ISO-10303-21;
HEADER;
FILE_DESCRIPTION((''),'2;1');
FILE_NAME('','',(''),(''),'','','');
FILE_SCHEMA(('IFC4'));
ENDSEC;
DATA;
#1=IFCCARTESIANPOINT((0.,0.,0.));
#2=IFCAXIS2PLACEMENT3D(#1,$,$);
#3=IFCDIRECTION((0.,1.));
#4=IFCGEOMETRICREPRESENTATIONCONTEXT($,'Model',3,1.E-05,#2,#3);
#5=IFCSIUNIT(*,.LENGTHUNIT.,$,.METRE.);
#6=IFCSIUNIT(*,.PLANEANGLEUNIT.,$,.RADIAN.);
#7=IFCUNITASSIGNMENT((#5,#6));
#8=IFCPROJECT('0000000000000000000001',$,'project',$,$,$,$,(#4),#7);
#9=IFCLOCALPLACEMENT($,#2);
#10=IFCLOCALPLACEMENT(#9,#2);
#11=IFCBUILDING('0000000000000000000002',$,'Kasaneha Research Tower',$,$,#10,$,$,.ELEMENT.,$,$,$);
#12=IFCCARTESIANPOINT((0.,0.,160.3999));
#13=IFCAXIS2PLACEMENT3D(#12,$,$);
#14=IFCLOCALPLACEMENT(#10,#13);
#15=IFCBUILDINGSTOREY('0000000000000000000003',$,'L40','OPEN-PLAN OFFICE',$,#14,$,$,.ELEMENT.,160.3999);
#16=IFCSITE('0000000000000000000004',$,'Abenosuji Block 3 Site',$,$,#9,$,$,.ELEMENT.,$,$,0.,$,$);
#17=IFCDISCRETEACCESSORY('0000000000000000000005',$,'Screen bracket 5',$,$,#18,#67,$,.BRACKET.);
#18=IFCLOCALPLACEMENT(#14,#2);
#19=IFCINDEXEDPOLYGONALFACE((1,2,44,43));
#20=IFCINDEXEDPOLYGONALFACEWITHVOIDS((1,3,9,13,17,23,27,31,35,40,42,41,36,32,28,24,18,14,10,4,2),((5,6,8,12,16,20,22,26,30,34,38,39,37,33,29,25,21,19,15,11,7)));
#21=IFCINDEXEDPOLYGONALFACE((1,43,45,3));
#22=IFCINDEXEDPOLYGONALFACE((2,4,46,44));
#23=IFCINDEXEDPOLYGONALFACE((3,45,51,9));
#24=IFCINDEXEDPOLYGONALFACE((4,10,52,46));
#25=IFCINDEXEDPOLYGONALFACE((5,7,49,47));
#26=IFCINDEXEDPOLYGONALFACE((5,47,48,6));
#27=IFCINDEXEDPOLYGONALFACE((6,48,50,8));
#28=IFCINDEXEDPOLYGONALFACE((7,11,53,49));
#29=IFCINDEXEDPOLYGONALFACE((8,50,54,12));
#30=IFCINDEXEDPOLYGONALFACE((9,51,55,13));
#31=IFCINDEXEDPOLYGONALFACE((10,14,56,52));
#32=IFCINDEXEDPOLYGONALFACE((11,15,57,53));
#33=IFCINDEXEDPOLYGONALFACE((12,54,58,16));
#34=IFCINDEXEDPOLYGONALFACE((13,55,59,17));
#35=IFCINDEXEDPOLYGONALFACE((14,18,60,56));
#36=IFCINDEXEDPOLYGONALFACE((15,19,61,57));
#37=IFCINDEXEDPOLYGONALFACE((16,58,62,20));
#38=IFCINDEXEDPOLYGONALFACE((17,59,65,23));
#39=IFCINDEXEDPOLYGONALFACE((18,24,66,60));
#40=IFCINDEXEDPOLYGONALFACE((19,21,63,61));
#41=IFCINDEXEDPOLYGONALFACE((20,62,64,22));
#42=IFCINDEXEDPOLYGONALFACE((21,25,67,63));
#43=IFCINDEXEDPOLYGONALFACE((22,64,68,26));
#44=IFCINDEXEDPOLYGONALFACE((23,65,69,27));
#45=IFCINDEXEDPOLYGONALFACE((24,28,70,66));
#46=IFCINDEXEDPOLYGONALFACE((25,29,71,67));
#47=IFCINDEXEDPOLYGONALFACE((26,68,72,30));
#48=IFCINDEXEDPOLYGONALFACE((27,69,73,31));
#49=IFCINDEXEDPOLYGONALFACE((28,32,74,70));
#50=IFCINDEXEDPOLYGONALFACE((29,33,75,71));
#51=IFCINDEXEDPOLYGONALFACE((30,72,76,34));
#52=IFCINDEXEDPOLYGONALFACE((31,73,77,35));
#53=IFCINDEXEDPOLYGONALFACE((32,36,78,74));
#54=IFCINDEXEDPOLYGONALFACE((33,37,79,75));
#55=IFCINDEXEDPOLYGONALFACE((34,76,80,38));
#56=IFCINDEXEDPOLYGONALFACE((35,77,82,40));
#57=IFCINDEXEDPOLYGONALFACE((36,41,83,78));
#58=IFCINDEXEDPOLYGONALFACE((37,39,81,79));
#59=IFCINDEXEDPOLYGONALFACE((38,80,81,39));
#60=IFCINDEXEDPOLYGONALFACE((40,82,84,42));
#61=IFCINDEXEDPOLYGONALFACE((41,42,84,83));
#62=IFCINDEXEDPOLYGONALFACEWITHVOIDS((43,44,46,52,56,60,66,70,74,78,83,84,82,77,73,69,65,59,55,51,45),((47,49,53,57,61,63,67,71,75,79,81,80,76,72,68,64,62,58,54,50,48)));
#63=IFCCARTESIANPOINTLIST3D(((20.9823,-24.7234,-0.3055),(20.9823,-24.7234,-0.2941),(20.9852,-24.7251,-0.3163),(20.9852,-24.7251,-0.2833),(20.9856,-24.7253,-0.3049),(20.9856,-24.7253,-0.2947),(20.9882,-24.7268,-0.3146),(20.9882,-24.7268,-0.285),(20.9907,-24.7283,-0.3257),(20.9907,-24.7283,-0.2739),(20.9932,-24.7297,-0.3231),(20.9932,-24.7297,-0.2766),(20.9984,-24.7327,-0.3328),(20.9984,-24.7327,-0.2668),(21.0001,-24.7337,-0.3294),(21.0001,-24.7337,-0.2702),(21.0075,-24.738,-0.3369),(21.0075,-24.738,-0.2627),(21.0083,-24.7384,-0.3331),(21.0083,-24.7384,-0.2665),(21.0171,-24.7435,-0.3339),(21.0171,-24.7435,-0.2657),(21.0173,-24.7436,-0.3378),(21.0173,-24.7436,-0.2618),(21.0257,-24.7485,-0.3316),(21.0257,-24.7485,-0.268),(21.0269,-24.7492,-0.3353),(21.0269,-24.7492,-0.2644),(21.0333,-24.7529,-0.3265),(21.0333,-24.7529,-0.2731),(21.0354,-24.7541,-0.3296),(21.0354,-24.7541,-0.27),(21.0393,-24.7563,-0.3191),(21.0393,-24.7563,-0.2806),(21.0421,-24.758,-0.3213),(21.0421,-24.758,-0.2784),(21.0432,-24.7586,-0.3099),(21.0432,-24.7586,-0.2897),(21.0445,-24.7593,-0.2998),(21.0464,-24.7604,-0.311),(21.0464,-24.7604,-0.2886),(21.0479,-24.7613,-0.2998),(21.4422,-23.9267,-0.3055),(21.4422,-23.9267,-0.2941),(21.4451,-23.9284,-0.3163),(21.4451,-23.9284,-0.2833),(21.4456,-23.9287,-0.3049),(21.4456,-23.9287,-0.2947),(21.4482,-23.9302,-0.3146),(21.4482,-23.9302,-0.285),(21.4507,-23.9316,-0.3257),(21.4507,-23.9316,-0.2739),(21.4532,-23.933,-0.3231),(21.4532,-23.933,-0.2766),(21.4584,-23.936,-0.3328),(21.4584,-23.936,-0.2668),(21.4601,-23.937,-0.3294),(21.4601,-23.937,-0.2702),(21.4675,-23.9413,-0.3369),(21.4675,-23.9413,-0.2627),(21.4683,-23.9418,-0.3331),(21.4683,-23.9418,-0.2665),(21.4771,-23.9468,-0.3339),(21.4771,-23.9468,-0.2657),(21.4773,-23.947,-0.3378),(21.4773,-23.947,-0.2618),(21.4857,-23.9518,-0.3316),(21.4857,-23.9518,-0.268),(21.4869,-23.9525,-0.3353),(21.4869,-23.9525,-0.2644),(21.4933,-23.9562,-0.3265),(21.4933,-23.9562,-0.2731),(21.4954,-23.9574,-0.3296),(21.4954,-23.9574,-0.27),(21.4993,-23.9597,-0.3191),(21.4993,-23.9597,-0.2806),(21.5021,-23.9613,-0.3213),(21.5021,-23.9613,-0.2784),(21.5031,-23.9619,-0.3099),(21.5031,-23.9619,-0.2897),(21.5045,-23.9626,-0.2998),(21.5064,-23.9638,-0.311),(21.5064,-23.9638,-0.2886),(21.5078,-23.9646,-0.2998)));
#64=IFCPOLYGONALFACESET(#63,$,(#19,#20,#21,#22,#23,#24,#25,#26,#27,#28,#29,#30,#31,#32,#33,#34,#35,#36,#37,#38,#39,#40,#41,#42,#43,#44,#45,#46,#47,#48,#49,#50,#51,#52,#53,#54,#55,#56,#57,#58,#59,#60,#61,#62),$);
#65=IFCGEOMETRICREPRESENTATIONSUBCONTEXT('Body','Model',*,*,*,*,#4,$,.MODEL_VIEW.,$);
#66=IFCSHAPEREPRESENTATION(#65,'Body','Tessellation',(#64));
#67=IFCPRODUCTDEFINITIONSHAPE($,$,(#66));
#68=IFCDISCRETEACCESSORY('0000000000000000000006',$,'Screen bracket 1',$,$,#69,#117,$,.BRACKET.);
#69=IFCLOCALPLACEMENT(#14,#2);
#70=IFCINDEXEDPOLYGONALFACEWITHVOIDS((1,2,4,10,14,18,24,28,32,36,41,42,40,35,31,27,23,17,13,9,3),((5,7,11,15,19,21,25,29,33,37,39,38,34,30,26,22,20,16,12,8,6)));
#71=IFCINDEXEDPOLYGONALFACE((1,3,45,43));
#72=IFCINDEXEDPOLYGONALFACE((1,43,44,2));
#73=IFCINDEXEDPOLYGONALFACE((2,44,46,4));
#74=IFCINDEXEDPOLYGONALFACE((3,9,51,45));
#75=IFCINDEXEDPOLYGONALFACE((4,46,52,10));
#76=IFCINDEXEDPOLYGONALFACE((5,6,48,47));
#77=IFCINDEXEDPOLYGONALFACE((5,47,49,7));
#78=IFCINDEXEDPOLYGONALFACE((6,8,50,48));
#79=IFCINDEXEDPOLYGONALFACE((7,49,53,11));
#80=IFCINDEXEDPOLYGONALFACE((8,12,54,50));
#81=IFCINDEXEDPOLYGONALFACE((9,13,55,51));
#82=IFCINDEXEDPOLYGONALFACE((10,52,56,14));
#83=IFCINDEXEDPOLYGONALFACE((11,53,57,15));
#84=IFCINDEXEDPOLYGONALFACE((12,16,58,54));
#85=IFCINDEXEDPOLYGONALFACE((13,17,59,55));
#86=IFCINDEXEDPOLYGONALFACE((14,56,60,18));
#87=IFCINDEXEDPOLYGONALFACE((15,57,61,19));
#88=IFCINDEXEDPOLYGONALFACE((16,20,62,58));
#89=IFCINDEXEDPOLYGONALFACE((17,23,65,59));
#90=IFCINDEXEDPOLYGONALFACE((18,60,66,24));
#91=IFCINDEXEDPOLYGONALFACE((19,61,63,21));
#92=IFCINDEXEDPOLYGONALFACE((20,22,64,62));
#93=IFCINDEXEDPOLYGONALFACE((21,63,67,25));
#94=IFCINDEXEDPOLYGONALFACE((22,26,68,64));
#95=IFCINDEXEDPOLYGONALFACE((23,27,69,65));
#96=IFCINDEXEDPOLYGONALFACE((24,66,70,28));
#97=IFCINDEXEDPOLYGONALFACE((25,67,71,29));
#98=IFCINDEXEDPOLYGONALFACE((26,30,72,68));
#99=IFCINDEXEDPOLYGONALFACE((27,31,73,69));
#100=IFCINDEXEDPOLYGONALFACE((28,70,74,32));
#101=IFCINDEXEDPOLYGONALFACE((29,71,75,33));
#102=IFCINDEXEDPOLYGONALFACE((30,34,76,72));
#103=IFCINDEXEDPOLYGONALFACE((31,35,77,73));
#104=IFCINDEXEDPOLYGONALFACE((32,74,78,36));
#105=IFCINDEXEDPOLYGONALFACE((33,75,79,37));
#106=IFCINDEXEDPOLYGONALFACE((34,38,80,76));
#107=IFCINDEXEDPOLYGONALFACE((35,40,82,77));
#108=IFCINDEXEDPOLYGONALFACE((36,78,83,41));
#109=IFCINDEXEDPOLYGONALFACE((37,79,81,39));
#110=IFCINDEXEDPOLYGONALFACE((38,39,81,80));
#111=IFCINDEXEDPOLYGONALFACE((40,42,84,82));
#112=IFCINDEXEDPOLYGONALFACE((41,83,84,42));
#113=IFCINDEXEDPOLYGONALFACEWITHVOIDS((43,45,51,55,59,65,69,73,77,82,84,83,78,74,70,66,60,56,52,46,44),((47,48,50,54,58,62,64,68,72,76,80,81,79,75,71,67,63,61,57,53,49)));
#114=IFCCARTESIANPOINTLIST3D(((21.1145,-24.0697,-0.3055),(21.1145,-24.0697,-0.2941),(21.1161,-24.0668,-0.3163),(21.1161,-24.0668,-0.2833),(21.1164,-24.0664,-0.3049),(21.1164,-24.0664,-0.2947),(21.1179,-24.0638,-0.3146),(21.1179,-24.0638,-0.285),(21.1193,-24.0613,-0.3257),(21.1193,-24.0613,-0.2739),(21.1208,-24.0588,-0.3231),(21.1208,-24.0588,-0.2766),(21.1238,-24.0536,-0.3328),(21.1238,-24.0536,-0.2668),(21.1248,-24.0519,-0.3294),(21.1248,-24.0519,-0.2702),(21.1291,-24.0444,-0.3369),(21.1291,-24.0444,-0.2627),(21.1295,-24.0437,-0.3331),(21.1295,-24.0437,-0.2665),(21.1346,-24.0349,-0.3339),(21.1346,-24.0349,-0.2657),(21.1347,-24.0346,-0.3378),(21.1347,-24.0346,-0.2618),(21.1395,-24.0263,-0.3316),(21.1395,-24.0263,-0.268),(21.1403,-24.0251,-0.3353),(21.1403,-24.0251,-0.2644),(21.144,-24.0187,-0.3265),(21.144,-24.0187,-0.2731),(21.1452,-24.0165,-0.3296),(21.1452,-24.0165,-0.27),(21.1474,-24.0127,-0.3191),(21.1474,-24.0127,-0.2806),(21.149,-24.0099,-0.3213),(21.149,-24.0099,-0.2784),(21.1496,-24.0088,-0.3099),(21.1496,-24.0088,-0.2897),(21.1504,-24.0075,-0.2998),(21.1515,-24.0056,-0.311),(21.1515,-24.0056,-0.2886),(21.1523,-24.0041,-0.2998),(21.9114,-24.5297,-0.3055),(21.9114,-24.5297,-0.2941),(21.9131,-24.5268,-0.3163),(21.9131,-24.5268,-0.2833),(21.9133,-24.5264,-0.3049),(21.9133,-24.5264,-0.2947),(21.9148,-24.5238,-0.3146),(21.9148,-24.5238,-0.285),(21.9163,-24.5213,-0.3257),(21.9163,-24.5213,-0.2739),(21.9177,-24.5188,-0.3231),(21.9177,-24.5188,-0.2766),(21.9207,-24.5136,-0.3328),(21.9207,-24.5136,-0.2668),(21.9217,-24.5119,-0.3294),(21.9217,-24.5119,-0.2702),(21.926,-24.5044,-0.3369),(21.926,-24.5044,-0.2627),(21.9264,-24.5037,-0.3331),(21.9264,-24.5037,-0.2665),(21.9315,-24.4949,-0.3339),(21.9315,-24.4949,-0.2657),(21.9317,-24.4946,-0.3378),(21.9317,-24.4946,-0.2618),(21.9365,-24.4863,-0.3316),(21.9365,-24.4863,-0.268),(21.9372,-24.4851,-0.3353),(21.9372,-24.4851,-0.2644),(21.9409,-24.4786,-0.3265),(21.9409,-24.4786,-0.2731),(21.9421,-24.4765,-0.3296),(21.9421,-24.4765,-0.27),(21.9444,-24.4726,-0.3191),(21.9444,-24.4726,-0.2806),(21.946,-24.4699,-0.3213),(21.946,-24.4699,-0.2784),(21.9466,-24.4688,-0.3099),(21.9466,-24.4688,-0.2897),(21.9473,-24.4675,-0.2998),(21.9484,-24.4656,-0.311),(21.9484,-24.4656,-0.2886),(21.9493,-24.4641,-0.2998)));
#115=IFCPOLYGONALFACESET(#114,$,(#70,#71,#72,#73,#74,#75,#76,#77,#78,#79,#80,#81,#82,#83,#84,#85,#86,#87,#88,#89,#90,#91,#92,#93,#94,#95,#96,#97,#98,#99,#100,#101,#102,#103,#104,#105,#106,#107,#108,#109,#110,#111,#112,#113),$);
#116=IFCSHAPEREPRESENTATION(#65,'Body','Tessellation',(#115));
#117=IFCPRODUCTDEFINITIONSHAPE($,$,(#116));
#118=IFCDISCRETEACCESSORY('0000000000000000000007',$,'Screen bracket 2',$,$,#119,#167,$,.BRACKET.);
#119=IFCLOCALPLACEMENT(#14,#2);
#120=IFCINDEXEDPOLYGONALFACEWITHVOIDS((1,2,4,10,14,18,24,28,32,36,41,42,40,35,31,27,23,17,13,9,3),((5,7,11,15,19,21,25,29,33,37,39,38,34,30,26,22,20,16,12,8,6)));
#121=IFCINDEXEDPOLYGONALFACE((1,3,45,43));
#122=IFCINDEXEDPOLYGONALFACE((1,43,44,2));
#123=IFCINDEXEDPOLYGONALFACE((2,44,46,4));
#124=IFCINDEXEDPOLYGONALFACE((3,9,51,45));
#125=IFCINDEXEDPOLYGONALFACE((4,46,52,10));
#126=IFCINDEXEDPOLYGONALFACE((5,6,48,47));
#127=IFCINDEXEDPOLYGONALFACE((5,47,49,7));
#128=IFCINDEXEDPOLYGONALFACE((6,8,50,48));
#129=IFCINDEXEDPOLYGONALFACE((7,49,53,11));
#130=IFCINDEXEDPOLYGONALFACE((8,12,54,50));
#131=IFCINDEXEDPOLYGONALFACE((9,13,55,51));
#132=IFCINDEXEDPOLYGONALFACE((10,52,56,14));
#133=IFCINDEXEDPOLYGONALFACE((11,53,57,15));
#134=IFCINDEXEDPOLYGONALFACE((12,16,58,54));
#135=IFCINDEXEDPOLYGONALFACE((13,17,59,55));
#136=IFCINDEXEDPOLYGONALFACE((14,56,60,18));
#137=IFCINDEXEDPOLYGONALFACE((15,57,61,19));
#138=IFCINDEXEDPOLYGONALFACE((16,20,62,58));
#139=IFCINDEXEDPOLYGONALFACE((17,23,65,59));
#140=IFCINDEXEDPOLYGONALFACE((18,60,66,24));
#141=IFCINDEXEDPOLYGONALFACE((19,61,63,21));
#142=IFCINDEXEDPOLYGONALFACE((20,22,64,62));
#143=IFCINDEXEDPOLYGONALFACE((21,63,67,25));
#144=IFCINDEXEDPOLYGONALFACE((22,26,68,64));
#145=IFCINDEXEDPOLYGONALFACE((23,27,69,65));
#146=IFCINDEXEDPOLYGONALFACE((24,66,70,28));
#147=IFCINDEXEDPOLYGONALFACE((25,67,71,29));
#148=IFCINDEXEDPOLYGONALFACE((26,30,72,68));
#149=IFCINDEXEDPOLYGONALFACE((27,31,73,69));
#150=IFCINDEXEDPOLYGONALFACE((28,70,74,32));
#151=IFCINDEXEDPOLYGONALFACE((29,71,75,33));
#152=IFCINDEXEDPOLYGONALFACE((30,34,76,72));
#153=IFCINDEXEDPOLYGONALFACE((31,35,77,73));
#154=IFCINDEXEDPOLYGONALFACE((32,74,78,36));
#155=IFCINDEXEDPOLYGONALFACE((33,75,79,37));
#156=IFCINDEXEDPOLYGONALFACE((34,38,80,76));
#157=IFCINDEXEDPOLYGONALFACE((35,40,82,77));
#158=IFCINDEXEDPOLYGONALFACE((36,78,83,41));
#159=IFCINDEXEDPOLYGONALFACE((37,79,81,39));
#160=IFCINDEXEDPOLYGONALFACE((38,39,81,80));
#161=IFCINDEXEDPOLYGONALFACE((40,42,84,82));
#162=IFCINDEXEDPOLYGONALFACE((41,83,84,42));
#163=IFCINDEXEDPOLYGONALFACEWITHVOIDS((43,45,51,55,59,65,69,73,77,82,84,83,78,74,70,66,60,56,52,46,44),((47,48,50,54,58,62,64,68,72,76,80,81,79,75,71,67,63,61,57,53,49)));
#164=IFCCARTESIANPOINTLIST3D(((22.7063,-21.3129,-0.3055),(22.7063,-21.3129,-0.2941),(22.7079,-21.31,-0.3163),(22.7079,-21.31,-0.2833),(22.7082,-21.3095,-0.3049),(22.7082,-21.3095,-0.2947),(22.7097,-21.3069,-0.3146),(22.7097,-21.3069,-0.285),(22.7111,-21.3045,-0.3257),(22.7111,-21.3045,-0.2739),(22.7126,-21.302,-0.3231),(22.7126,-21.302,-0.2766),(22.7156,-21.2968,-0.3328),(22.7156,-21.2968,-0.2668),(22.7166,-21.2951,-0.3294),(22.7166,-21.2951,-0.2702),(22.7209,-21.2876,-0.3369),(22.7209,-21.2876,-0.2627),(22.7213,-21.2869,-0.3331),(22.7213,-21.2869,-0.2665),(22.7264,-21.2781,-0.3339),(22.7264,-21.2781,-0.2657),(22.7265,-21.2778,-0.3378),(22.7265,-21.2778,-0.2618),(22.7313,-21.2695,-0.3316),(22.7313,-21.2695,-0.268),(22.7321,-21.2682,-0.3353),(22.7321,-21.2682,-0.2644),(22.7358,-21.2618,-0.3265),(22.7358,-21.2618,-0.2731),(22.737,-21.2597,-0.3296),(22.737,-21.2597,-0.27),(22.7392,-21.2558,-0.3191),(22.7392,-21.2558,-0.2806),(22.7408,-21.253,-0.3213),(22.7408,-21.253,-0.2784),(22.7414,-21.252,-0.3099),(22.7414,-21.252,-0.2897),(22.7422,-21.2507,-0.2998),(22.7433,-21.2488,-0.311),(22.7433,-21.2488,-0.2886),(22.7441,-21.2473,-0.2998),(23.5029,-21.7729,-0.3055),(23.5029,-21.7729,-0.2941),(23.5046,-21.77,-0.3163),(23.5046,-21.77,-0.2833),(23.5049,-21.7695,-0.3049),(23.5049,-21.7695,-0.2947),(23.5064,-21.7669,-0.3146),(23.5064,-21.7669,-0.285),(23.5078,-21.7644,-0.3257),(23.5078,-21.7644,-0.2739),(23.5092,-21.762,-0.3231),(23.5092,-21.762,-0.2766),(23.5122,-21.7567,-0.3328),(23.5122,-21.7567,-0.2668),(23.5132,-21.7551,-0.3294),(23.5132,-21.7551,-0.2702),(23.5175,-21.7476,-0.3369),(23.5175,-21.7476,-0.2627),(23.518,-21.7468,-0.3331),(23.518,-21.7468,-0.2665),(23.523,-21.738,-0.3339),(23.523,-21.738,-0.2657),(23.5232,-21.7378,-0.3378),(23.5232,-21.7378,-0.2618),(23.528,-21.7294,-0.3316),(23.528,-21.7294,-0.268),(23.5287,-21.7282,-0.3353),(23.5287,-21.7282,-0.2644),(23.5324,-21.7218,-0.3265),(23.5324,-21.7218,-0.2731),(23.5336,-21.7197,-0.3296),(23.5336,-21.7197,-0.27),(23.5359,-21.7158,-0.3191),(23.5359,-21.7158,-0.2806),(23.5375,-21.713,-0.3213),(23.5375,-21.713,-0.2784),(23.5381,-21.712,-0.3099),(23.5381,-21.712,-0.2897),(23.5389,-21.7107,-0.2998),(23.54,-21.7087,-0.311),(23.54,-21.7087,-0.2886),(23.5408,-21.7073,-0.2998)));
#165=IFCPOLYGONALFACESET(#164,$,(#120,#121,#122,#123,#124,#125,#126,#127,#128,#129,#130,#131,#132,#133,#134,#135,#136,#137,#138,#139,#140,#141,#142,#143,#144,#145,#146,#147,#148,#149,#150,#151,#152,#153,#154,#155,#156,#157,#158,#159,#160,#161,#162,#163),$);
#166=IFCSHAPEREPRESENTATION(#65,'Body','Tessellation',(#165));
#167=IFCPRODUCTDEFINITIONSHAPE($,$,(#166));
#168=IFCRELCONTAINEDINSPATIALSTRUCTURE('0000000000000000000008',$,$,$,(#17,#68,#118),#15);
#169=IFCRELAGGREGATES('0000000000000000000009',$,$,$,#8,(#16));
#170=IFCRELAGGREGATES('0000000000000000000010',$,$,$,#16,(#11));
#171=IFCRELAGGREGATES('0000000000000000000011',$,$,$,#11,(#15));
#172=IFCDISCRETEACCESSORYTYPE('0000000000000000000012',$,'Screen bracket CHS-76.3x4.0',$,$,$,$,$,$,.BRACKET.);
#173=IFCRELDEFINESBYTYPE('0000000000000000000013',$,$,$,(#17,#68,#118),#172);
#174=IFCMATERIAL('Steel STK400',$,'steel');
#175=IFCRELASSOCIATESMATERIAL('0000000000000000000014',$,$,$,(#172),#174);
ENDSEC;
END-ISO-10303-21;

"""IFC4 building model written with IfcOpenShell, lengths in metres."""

from ifc_helpers import new_model, si_unit, direction, frame, origin, origin_2d, place, context, subcontext, project, spatial, hollow_circle, extrude, material, material_profile, profile_set, type_object, element, save


model = new_model("IFC4")

# Units and contexts
model_context = context("Model", 3, precision=1e-05, world=origin(), true_north=direction((0.0, 1.0)))
body_context = subcontext(model_context, "Body", "Model", "MODEL_VIEW")
ifc_project = project(units=[si_unit("LENGTHUNIT", "METRE"), si_unit("PLANEANGLEUNIT", "RADIAN")], contexts=[model_context])

# Site, building, storey
site_placement = place(None, origin())
site = spatial("IfcSite", under=ifc_project, at=site_placement, Name="Abenosuji Block 3 Site", CompositionType="ELEMENT", RefElevation=0.0)
building_placement = place(site_placement, origin())
building = spatial("IfcBuilding", under=site, at=building_placement, Name="Kasaneha Research Tower", CompositionType="ELEMENT")
storey_placement = place(building_placement, frame((0.0, 0.0, 160.3999)))
storey = spatial("IfcBuildingStorey", under=building, at=storey_placement, Name="L40", Description="OPEN-PLAN OFFICE", CompositionType="ELEMENT", Elevation=160.3999)

# Discrete accessories
ifc_material_1 = material(Name="Steel STK400", Category="steel")
ifc_material_profile_1 = material_profile(ifc_material_1, hollow_circle(Radius=0.0381, WallThickness=0.0039, at=origin_2d()), Name="CHS-76.3x4.0")
ifc_profile_set_1 = profile_set([ifc_material_profile_1], Name="Steel STK400")
discrete_accessory_type = type_object("IfcDiscreteAccessoryType", Name="Screen bracket CHS-76.3x4.0", PredefinedType="BRACKET", material=ifc_profile_set_1)
discrete_accessory_1_placement = place(storey_placement, frame((21.4749, -23.9456, -0.2998), z_axis=(-0.500021, -0.866013, 0.0), x_axis=(0.866013, -0.500021, 0.0)))
element("IfcDiscreteAccessory", 1, at=discrete_accessory_1_placement, inside=storey, type_object=discrete_accessory_type, Name="Screen bracket 5", PredefinedType="BRACKET", context=body_context, shape_type="SweptSolid", body=[
    extrude(hollow_circle(Radius=0.0381, WallThickness=0.0039, at=origin_2d()), origin(), (0.0, 0.0, 1.0), 0.9199),
])
discrete_accessory_2_placement = place(storey_placement, frame((21.1333, -24.0371, -0.2998), z_axis=(0.86608, -0.499906, 0.0), x_axis=(0.499906, 0.86608, 0.0)))
element("IfcDiscreteAccessory", 2, at=discrete_accessory_2_placement, inside=storey, type_object=discrete_accessory_type, Name="Screen bracket 1", PredefinedType="BRACKET", context=body_context, shape_type="SweptSolid", body=[
    extrude(hollow_circle(Radius=0.0381, WallThickness=0.0039, at=origin_2d()), origin(), (0.0, 0.0, 1.0), 0.9202),
])
discrete_accessory_3_placement = place(storey_placement, frame((22.7251, -21.2803, -0.2998), z_axis=(0.866013, -0.500021, 0.0), x_axis=(0.500021, 0.866013, 0.0)))
element("IfcDiscreteAccessory", 3, at=discrete_accessory_3_placement, inside=storey, type_object=discrete_accessory_type, Name="Screen bracket 2", PredefinedType="BRACKET", context=body_context, shape_type="SweptSolid", body=[
    extrude(hollow_circle(Radius=0.0381, WallThickness=0.0039, at=origin_2d()), origin(), (0.0, 0.0, 1.0), 0.9199),
])

save(model, "model.ifc")
